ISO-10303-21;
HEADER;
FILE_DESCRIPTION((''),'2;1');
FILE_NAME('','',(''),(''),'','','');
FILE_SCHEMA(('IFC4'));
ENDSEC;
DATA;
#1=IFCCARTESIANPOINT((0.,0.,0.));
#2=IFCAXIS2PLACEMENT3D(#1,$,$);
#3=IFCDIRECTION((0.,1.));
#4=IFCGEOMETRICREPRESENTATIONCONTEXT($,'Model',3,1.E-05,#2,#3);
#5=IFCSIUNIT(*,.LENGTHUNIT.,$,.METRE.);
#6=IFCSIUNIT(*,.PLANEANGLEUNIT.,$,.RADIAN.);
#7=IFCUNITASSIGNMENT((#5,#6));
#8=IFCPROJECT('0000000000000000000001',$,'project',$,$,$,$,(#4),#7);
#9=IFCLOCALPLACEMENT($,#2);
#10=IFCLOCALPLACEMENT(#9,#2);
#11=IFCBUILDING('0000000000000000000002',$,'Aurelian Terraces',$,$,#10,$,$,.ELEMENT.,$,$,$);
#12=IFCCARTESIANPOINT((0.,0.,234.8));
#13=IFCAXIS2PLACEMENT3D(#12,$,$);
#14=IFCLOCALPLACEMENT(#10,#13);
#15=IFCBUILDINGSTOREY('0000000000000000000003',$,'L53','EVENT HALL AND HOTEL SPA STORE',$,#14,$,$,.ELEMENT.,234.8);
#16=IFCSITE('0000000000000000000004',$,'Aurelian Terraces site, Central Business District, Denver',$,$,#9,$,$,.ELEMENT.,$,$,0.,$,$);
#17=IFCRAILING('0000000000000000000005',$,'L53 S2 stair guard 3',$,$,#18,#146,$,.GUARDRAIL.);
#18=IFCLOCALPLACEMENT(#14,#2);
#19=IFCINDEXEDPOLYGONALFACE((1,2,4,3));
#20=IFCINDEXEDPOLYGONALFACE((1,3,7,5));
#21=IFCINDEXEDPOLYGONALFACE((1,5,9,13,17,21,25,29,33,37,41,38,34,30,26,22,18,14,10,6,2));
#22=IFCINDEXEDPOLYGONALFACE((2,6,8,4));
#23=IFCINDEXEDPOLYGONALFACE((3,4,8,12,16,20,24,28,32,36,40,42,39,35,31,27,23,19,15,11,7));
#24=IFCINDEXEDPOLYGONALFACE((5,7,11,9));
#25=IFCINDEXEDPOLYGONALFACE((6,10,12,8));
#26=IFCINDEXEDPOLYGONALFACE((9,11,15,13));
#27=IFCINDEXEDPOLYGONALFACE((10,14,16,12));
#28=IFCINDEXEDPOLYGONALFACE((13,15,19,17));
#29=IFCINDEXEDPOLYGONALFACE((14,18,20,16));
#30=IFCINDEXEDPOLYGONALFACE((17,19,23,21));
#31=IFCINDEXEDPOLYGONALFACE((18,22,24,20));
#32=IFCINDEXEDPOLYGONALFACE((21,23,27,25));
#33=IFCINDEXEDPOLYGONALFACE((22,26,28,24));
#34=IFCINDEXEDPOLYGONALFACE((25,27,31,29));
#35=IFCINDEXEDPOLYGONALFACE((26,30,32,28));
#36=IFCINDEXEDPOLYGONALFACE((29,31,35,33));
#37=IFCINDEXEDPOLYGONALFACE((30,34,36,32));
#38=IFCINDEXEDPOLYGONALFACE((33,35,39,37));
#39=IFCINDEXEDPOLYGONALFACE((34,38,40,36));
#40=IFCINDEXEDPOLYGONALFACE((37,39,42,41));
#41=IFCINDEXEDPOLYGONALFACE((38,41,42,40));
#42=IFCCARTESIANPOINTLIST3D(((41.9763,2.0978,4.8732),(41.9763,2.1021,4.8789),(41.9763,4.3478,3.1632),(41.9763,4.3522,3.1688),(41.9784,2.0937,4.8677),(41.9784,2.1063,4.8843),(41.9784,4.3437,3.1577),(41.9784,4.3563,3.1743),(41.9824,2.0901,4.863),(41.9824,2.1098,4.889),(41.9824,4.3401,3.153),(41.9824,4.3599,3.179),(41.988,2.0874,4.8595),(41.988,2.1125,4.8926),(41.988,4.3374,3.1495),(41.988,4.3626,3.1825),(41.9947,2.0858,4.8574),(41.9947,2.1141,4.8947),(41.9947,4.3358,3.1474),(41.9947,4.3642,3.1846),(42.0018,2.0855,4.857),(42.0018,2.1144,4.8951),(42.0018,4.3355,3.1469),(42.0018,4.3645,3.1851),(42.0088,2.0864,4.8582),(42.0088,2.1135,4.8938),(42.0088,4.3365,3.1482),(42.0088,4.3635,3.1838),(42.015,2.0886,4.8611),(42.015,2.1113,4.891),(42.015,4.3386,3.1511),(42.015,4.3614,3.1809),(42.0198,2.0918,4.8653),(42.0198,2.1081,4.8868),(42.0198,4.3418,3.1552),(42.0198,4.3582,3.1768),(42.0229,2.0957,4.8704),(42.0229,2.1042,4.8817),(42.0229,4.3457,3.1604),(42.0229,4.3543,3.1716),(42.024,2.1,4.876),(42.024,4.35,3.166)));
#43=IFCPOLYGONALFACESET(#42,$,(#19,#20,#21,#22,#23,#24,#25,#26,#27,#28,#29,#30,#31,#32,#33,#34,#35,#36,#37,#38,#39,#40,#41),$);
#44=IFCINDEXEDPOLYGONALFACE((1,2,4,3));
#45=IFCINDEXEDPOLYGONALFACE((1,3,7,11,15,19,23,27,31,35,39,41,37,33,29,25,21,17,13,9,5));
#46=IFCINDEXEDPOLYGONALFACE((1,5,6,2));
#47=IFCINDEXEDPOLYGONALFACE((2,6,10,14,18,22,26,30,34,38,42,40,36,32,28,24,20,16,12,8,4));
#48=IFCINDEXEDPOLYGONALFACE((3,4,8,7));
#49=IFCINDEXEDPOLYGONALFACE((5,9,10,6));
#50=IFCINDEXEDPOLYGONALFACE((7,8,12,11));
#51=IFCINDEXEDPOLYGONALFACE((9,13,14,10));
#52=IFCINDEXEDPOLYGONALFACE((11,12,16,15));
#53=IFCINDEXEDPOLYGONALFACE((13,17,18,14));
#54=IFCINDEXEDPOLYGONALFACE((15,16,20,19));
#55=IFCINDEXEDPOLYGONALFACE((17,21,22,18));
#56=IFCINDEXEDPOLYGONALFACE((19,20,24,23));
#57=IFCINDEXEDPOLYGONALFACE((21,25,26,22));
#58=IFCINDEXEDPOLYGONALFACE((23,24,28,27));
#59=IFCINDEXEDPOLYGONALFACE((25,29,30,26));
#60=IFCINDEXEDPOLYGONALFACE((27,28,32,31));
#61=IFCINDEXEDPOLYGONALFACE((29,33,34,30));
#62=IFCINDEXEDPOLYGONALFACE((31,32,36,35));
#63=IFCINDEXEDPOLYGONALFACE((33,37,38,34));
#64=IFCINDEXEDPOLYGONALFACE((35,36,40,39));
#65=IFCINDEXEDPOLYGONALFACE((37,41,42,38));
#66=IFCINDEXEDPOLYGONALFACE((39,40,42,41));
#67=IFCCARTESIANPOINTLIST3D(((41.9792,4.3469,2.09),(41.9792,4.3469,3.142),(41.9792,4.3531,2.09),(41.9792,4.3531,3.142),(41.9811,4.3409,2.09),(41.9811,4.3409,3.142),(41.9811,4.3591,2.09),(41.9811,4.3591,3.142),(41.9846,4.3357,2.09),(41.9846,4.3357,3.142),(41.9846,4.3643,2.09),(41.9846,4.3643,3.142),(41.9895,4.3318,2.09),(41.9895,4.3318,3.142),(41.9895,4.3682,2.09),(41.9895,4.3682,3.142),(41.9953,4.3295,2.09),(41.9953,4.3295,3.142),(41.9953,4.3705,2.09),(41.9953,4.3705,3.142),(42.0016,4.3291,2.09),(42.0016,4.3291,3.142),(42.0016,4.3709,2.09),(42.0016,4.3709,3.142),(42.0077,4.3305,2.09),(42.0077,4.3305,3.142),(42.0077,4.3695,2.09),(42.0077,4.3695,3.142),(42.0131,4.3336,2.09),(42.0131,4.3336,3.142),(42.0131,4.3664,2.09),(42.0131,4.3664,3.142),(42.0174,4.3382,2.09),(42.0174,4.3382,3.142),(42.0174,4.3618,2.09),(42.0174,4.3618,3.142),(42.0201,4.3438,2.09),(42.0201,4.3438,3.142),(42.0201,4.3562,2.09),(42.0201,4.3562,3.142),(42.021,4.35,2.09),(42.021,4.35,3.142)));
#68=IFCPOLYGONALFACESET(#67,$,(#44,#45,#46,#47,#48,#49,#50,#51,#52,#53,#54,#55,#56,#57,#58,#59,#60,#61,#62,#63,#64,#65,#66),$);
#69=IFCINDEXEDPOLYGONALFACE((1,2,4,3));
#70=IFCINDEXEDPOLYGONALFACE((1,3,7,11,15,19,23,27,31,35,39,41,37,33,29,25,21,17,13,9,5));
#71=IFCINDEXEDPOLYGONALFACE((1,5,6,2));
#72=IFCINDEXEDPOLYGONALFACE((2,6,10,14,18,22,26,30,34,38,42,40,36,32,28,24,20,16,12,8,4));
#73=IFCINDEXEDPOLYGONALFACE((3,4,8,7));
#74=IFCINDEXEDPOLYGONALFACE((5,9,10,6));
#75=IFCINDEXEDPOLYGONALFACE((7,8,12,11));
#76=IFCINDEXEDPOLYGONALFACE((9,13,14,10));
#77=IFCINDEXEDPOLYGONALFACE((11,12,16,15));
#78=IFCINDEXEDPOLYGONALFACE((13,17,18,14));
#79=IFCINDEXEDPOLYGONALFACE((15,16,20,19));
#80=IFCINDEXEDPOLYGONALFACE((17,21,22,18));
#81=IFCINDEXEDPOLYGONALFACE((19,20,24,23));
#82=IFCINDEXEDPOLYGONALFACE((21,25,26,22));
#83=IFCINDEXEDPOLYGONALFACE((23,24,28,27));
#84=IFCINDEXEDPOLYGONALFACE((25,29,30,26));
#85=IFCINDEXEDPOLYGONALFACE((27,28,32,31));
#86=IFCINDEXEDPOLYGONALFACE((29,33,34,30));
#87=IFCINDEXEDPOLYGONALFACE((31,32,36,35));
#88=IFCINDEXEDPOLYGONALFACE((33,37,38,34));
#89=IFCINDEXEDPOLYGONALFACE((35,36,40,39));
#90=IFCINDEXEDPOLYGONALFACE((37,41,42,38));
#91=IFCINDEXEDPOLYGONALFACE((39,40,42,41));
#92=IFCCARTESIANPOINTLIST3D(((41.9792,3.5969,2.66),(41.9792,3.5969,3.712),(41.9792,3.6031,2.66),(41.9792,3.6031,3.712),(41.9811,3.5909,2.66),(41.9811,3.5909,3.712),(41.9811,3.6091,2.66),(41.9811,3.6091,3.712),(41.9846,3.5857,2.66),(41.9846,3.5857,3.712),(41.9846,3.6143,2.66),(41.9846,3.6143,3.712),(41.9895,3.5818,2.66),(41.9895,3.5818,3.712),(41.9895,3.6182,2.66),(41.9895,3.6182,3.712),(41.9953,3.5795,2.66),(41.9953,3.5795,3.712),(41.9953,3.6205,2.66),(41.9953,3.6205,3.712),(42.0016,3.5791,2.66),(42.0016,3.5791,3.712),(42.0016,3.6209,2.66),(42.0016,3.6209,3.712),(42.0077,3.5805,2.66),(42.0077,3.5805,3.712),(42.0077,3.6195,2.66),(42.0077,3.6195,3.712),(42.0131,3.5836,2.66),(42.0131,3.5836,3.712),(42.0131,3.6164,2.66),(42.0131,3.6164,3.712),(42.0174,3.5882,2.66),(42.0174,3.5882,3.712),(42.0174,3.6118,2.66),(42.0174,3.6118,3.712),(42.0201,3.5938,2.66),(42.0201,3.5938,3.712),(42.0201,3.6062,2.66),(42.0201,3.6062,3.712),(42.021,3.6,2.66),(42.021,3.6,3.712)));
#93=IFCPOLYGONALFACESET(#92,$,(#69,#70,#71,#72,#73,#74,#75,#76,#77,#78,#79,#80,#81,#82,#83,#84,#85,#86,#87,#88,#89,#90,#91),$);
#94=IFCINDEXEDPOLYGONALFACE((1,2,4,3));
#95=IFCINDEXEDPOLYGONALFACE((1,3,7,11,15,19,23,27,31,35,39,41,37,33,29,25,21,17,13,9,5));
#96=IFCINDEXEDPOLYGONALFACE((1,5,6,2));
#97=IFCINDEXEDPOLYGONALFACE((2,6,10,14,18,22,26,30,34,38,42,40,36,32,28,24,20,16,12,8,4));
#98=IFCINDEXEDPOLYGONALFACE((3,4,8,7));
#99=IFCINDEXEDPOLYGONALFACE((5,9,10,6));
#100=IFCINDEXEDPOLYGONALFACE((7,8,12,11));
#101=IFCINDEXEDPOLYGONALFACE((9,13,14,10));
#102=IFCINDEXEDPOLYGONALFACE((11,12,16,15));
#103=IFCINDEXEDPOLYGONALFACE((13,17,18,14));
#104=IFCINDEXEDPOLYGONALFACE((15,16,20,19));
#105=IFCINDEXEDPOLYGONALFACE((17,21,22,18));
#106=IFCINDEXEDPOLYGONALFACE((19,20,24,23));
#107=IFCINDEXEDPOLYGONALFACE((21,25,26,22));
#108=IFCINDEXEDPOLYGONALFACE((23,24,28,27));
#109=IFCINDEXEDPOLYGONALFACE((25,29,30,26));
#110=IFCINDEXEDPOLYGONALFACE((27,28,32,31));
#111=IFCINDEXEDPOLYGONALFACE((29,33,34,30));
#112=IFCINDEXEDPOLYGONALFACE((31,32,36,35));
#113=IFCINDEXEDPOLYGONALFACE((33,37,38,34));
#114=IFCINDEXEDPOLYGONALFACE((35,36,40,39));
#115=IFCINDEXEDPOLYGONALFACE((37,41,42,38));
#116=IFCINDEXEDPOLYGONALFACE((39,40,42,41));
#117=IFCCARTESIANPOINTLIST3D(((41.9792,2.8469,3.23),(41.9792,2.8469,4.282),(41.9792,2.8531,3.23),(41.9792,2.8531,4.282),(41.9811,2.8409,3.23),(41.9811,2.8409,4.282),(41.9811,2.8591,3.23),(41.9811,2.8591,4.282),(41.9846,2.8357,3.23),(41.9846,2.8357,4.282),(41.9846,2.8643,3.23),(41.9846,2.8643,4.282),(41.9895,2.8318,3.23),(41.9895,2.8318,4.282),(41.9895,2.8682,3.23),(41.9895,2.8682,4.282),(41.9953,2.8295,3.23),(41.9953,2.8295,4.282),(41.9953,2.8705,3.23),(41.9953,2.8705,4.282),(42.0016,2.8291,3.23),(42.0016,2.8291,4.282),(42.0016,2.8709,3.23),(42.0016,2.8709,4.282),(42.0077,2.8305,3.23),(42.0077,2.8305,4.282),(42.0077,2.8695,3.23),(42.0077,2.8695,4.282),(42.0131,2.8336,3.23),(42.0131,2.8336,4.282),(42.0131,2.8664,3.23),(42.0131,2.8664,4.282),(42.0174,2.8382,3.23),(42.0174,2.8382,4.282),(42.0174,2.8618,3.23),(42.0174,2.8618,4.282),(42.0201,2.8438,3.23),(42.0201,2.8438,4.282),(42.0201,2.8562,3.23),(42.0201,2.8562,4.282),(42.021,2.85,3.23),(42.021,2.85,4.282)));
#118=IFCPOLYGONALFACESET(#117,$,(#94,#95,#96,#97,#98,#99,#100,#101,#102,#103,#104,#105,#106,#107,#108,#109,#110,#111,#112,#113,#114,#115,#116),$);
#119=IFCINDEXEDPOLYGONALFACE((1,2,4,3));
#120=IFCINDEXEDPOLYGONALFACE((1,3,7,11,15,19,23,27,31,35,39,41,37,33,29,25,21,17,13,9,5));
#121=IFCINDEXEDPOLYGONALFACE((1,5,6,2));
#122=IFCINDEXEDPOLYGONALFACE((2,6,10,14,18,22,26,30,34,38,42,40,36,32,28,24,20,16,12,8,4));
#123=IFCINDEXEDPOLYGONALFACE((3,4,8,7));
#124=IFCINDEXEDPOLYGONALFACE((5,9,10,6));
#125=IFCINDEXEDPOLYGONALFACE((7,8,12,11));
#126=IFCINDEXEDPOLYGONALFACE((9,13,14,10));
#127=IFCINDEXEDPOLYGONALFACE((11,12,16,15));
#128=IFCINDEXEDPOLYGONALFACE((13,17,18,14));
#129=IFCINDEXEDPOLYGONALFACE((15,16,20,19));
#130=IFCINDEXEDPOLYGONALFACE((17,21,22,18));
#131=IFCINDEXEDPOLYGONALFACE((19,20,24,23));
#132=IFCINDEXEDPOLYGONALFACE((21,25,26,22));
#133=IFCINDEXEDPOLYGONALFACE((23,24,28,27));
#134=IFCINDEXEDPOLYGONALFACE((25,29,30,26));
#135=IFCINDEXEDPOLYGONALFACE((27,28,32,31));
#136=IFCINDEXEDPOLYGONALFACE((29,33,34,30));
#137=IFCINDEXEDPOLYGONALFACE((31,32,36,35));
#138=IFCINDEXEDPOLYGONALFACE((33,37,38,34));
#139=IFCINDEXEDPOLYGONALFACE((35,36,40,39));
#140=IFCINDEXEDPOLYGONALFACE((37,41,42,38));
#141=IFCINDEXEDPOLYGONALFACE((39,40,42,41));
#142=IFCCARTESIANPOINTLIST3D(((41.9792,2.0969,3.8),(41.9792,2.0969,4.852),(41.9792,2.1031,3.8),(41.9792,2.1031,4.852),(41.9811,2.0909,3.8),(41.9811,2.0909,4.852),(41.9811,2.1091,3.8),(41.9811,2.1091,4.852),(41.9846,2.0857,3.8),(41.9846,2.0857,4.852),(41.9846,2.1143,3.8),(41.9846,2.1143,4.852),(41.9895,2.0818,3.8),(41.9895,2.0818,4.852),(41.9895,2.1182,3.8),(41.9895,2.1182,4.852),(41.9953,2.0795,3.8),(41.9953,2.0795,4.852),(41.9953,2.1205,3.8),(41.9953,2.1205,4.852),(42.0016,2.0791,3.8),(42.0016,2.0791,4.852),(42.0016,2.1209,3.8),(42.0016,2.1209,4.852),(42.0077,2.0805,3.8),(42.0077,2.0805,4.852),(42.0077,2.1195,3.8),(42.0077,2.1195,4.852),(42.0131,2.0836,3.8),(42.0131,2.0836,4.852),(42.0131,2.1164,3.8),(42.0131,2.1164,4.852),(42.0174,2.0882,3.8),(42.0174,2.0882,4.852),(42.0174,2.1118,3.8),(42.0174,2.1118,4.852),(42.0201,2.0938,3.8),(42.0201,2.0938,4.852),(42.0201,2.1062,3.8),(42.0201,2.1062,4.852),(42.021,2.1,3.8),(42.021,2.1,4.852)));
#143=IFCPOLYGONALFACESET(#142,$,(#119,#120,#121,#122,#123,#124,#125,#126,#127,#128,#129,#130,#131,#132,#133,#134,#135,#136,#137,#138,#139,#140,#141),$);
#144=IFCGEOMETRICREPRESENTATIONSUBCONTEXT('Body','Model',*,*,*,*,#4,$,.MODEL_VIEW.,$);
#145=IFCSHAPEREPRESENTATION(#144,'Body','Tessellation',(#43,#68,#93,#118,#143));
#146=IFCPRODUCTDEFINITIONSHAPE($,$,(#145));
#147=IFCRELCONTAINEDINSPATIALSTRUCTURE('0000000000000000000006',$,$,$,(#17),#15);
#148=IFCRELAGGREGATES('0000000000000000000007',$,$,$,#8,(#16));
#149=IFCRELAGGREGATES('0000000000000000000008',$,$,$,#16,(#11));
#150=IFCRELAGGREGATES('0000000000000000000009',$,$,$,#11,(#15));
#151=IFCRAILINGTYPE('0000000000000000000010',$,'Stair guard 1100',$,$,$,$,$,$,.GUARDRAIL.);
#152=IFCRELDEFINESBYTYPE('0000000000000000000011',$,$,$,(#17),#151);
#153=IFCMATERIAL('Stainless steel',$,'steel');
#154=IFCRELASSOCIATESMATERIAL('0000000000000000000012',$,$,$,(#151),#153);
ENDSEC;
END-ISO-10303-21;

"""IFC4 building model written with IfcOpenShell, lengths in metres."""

from ifc_helpers import new_model, si_unit, direction, frame, origin, origin_2d, place, context, subcontext, project, spatial, circle, extrude, source, transform, mapped, material, type_object, element, save


model = new_model("IFC4")

# Units and contexts
model_context = context("Model", 3, precision=1e-05, world=origin(), true_north=direction((0.0, 1.0)))
body_context = subcontext(model_context, "Body", "Model", "MODEL_VIEW")
ifc_project = project(units=[si_unit("LENGTHUNIT", "METRE"), si_unit("PLANEANGLEUNIT", "RADIAN")], contexts=[model_context])

# Site, building, storey
site_placement = place(None, origin())
site = spatial("IfcSite", under=ifc_project, at=site_placement, Name="Aurelian Terraces site, Central Business District, Denver", CompositionType="ELEMENT", RefElevation=0.0)
building_placement = place(site_placement, origin())
building = spatial("IfcBuilding", under=site, at=building_placement, Name="Aurelian Terraces", CompositionType="ELEMENT")
storey_placement = place(building_placement, frame((0.0, 0.0, 234.8)))
storey = spatial("IfcBuildingStorey", under=building, at=storey_placement, Name="L53", Description="EVENT HALL AND HOTEL SPA STORE", CompositionType="ELEMENT", Elevation=234.8)

# Railing
ifc_material_1 = material(Name="Stainless steel", Category="steel")
railing_type_1 = type_object("IfcRailingType", Name="Stair guard 1100", PredefinedType="GUARDRAIL", material=ifc_material_1)
shared_shape_1 = source(origin(), body_context, "Body", "SweptSolid", [
    extrude(circle(Radius=0.024, at=origin_2d()), frame((0.0, 0.0, 1.076), z_axis=(0.0, -0.796162, 0.605083), x_axis=(1.0, 0.0, 0.0)), (0.0, 0.0, 1.0), 2.8261),
    extrude(circle(Radius=0.021, at=origin_2d()), origin(), (0.0, 0.0, 1.0), 1.052),
    extrude(circle(Radius=0.021, at=origin_2d()), frame((0.0, -0.75, 0.57)), (0.0, 0.0, 1.0), 1.052),
    extrude(circle(Radius=0.021, at=origin_2d()), frame((0.0, -1.5, 1.14)), (0.0, 0.0, 1.0), 1.052),
    extrude(circle(Radius=0.021, at=origin_2d()), frame((0.0, -2.25, 1.71)), (0.0, 0.0, 1.0), 1.052),
])
railing_1_placement = place(storey_placement, frame((42.0, 4.35, 2.09)))
element("IfcRailing", 1, at=railing_1_placement, inside=storey, type_object=railing_type_1, Name="L53 S2 stair guard 3", PredefinedType="GUARDRAIL", context=body_context, shape_type="MappedRepresentation", body=[
    mapped(shared_shape_1, transform((0.0, 0.0, 0.0), scale=1.0)),
])

save(model, "model.ifc")
